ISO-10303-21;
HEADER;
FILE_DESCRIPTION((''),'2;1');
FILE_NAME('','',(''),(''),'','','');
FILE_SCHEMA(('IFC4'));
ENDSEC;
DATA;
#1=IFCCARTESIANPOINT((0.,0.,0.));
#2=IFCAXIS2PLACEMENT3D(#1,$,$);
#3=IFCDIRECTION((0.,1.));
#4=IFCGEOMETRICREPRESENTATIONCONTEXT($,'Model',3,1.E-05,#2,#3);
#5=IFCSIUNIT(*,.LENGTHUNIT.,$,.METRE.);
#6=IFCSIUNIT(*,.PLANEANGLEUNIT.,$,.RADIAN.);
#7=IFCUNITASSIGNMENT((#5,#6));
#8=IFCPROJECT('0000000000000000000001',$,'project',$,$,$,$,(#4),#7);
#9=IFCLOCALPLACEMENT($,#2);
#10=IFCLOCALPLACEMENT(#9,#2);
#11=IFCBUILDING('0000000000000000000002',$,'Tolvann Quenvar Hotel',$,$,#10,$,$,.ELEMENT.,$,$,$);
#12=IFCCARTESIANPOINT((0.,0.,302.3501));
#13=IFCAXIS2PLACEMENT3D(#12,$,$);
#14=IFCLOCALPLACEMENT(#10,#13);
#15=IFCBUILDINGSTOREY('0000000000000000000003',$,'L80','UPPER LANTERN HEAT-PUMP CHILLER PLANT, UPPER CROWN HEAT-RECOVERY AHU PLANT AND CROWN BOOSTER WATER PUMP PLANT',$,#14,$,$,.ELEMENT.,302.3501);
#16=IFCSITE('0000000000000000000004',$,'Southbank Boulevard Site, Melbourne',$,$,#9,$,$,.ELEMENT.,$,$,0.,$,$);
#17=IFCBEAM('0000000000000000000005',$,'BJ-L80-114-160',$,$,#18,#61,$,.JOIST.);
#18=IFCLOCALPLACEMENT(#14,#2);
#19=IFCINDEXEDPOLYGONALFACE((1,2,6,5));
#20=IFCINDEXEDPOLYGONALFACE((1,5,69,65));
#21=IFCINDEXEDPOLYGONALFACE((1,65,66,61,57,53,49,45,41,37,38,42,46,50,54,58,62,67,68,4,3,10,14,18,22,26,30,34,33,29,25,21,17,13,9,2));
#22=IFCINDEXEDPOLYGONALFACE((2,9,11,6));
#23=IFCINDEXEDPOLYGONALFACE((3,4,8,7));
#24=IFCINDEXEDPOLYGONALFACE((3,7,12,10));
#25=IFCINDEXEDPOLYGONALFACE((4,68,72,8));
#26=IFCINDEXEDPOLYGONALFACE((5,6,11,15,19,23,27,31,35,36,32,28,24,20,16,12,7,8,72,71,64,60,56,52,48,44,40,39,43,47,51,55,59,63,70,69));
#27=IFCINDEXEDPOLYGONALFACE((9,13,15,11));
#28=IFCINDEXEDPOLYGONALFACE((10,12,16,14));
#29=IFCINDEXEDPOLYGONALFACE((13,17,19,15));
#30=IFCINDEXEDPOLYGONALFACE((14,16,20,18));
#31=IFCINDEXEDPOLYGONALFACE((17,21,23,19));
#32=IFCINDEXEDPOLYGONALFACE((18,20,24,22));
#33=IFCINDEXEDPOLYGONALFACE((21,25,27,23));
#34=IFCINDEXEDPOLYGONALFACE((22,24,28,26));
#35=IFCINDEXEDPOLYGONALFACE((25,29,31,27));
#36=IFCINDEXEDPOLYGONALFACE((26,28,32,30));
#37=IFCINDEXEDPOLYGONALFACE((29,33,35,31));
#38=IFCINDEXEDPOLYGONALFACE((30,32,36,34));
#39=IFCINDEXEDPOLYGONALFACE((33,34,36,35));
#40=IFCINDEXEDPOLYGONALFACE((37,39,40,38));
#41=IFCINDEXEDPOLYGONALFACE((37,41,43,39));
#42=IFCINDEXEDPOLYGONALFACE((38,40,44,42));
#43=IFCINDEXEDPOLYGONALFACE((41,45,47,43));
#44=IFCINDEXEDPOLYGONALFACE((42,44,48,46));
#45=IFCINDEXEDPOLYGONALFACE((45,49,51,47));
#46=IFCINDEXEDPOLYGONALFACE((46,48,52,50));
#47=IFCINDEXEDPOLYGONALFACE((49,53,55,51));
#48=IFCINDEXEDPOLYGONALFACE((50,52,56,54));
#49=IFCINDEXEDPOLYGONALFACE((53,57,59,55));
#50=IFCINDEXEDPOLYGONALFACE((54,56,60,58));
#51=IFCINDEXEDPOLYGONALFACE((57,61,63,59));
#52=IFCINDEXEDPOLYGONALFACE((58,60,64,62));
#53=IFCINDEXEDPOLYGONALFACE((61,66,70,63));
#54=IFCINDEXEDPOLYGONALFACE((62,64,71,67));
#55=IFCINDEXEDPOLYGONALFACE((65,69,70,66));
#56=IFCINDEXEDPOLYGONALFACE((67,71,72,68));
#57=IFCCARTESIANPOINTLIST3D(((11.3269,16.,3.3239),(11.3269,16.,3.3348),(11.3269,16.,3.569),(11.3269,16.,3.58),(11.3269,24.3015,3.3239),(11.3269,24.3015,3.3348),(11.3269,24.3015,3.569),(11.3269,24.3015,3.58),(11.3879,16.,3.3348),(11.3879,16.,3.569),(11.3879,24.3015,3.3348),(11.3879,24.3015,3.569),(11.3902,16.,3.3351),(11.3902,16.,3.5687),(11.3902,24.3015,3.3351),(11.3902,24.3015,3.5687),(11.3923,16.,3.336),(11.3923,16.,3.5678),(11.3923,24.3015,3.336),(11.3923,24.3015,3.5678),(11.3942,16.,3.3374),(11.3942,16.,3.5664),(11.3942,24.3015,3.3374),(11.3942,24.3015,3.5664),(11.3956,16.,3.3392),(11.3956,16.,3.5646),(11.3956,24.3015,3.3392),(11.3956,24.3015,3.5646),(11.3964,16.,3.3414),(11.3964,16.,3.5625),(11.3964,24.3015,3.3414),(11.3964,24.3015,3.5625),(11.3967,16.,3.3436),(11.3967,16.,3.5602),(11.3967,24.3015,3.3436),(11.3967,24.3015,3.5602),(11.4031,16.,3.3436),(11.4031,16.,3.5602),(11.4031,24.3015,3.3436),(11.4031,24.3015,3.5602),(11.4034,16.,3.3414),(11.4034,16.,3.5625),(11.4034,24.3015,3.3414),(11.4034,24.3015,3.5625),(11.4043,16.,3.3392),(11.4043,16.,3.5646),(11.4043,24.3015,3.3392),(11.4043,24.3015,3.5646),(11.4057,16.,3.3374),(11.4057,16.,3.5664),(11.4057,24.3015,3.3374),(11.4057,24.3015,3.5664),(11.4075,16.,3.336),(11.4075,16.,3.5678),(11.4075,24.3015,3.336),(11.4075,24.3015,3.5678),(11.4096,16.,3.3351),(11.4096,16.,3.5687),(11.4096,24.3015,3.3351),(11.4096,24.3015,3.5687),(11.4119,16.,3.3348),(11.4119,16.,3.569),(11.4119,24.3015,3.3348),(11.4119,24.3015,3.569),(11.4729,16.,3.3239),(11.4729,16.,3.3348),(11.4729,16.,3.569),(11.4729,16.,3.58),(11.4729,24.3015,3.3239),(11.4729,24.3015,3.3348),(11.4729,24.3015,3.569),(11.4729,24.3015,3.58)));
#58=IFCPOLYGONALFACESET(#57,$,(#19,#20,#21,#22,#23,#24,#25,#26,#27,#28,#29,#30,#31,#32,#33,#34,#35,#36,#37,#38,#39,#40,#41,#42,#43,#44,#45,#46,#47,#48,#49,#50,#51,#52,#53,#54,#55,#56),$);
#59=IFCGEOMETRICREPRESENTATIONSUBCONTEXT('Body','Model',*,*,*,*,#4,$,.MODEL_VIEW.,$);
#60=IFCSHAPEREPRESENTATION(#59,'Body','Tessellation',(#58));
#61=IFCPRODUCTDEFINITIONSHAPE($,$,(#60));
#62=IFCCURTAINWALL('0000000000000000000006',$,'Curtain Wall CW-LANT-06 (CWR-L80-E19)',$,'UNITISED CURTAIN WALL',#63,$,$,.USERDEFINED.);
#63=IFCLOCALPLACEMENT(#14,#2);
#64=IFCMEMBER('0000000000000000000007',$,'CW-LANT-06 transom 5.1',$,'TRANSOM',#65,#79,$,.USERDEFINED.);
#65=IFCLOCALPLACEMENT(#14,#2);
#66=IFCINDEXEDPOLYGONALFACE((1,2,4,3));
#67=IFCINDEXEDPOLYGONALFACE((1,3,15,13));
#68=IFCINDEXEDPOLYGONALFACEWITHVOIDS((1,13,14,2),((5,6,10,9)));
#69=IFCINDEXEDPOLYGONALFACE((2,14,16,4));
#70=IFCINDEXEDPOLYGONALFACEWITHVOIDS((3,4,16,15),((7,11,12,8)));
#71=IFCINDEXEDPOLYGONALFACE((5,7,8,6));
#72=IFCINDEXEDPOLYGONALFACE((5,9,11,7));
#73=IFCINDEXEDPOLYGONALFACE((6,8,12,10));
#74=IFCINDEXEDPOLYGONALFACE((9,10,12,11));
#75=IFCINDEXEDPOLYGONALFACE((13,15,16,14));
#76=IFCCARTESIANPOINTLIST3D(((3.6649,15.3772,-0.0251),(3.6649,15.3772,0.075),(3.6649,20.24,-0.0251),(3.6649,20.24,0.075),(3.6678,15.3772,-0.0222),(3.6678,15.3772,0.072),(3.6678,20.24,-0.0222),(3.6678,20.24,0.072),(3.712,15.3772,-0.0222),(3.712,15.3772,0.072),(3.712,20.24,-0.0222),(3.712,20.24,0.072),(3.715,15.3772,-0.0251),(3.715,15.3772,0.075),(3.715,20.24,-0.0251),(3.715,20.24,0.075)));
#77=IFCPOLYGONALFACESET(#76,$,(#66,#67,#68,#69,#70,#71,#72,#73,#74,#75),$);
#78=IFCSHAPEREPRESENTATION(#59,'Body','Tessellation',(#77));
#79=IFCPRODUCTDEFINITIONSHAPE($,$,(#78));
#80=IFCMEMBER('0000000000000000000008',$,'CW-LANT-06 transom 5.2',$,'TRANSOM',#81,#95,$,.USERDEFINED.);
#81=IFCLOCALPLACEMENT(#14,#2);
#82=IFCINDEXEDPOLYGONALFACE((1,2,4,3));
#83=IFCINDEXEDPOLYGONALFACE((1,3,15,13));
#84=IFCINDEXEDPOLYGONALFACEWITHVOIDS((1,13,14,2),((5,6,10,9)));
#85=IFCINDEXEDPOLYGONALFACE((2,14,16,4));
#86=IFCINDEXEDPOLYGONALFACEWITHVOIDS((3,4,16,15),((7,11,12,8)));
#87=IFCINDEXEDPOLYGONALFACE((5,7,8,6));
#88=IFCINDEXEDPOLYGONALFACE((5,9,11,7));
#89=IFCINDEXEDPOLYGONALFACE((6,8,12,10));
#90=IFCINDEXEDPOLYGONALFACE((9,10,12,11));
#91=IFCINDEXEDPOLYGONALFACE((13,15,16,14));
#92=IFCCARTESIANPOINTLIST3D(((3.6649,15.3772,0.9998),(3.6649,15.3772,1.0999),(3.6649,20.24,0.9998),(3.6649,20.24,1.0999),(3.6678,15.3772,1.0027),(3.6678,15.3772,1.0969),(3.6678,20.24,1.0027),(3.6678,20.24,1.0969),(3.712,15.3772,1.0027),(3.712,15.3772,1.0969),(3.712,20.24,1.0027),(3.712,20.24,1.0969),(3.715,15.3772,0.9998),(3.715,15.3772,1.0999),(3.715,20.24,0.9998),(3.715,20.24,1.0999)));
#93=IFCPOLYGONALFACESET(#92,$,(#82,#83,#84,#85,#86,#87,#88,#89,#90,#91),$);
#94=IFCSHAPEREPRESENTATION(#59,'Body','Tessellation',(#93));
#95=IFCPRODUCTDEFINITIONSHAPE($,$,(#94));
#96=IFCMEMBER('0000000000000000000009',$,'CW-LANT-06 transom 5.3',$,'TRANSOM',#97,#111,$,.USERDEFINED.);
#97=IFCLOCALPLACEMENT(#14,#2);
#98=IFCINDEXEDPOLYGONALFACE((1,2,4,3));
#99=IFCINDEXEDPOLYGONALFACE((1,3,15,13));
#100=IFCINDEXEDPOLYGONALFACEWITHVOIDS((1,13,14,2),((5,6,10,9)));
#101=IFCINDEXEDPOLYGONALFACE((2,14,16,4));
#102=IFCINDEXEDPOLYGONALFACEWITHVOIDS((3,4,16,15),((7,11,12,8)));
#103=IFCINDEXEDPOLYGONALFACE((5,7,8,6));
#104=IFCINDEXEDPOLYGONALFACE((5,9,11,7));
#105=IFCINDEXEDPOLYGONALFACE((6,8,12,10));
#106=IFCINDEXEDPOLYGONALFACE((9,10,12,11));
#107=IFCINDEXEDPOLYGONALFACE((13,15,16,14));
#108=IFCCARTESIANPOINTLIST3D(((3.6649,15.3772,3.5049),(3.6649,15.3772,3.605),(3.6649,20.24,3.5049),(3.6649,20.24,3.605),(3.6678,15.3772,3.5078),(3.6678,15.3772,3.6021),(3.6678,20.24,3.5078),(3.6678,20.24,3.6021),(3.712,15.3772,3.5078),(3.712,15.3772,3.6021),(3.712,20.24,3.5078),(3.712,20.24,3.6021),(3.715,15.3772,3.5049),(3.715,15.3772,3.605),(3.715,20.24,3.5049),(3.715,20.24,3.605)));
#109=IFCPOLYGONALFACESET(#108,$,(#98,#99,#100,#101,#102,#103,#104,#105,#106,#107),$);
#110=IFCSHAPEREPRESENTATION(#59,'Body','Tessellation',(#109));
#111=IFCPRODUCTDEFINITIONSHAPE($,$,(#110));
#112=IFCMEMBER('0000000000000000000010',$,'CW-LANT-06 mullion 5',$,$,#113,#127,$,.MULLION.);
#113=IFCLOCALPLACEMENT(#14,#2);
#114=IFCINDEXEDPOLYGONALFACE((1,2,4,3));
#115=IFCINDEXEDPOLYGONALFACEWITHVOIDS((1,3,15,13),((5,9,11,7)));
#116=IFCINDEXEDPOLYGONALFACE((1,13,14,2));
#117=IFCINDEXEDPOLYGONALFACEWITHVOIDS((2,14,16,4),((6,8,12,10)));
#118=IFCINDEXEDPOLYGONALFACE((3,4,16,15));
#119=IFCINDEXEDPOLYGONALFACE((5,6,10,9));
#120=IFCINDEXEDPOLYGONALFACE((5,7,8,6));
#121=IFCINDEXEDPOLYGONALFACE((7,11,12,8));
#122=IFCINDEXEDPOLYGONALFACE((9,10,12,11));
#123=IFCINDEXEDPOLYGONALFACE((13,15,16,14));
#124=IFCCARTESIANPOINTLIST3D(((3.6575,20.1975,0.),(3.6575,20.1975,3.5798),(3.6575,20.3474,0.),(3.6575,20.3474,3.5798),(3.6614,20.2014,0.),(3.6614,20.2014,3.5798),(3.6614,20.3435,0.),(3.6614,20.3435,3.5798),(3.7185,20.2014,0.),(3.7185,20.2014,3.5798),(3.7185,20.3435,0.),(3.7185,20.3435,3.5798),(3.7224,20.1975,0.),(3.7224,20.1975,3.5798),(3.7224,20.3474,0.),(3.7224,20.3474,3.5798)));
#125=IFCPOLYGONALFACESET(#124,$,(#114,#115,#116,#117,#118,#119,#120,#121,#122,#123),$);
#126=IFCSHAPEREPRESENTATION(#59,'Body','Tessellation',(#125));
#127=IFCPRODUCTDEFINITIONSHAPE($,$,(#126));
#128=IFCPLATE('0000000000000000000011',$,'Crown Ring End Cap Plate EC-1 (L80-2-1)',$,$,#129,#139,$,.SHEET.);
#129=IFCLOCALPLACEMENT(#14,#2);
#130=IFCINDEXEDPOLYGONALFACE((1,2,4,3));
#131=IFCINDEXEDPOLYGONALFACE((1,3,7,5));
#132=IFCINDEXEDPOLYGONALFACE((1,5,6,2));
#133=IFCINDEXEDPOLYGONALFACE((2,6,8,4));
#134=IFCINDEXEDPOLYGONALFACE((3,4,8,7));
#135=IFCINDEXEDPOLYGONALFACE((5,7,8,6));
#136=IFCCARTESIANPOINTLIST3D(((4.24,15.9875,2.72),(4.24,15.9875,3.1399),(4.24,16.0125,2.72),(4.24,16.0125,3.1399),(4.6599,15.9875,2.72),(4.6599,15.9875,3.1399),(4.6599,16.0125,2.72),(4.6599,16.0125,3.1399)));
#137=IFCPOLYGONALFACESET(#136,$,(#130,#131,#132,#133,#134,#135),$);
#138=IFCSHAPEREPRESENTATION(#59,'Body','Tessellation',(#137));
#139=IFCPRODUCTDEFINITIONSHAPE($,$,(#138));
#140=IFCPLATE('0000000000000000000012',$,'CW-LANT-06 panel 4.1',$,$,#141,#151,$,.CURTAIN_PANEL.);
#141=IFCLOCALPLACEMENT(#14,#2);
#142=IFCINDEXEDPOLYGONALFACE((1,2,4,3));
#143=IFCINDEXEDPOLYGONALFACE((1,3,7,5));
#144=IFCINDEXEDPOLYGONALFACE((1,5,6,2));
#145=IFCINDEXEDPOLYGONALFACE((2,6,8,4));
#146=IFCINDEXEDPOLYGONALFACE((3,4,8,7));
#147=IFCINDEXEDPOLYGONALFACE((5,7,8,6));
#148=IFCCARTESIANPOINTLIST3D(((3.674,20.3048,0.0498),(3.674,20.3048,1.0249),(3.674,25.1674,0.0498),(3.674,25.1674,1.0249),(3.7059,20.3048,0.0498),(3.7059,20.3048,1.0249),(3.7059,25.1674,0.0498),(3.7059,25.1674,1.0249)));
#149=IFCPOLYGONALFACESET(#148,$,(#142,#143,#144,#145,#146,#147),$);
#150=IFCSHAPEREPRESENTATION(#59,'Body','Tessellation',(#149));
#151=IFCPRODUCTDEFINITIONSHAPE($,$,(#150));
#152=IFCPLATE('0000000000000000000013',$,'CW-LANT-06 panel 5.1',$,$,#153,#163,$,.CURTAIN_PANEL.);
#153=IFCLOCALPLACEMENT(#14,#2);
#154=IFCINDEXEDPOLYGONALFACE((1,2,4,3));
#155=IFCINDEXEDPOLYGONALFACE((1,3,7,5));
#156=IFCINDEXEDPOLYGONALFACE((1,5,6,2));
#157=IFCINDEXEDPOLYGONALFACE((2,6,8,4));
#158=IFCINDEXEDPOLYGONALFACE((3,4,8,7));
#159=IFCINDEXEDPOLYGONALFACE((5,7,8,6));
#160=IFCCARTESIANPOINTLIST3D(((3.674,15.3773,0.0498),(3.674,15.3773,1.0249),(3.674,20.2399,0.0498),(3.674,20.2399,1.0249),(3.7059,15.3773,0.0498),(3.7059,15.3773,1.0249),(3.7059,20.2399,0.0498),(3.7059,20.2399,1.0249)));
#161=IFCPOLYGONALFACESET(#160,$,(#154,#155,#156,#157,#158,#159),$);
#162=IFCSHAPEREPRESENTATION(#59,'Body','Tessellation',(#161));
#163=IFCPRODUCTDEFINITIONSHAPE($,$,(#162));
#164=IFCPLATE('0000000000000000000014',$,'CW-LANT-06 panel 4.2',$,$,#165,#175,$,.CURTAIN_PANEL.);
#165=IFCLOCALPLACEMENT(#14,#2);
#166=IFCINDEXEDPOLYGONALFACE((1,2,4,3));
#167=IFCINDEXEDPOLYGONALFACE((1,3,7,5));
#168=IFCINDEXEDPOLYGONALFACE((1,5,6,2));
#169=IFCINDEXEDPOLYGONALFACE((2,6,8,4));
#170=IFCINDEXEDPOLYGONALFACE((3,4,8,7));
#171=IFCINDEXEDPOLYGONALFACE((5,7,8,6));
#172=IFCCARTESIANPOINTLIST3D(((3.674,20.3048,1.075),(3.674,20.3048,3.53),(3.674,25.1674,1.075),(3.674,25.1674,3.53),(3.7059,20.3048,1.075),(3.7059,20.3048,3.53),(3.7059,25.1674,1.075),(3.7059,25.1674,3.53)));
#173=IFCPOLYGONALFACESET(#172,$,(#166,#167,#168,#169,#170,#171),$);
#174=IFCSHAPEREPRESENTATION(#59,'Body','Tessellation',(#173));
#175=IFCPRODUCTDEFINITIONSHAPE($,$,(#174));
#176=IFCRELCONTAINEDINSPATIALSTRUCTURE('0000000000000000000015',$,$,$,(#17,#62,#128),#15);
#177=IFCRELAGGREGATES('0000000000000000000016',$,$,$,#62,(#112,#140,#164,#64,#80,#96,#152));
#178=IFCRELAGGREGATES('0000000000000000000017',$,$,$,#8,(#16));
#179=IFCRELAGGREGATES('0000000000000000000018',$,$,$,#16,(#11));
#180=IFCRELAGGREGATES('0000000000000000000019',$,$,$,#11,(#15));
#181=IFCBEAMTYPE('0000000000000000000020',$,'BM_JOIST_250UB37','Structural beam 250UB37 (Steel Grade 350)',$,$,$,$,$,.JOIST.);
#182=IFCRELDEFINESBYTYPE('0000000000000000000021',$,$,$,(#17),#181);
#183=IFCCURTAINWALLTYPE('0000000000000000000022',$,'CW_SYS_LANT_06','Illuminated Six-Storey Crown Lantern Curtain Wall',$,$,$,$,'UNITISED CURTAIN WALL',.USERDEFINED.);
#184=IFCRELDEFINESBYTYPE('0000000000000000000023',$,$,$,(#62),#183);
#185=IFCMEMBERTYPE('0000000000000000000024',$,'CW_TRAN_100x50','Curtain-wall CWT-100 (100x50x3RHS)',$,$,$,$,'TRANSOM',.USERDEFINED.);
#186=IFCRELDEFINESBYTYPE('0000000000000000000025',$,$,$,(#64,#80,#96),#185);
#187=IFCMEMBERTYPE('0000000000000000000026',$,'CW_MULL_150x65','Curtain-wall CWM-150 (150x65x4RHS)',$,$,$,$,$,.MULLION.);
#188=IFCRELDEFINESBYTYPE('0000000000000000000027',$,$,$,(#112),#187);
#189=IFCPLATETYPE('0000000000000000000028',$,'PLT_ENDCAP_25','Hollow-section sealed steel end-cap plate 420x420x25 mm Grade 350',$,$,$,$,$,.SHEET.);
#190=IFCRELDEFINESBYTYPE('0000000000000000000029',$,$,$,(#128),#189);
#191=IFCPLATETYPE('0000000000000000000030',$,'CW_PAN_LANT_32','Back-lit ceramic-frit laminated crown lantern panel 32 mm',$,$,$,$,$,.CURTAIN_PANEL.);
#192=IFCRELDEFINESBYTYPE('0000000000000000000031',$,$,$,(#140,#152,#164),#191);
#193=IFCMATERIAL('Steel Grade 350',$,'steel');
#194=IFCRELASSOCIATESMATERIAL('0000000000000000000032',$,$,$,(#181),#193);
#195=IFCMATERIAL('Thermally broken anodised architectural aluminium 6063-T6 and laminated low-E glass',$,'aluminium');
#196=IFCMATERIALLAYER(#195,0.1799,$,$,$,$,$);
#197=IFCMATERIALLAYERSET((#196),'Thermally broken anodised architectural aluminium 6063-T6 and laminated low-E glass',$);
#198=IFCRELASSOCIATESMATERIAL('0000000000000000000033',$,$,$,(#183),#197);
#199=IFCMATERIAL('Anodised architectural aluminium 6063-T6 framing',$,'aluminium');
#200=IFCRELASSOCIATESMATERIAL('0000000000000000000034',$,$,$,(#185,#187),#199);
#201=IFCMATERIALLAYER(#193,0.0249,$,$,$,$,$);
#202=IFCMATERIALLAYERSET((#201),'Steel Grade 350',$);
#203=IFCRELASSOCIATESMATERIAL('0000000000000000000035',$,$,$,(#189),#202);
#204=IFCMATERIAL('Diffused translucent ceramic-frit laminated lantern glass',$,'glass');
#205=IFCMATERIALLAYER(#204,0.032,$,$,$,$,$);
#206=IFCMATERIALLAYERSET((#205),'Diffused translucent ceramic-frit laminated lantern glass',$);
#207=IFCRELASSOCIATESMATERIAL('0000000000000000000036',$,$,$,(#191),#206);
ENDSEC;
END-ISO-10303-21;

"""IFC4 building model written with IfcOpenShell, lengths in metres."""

from ifc_helpers import new_model, si_unit, direction, frame, origin, origin_2d, place, context, subcontext, project, spatial, rectangle, hollow_rectangle, i_section, extrude, source, transform, mapped, material, layer, layer_set, material_profile, profile_set, type_object, type_shapes, element, aggregate, save


model = new_model("IFC4")

# Units and contexts
model_context = context("Model", 3, precision=1e-05, world=origin(), true_north=direction((0.0, 1.0)))
body_context = subcontext(model_context, "Body", "Model", "MODEL_VIEW")
ifc_project = project(units=[si_unit("LENGTHUNIT", "METRE"), si_unit("PLANEANGLEUNIT", "RADIAN")], contexts=[model_context])

# Site, building, storey
site_placement = place(None, origin())
site = spatial("IfcSite", under=ifc_project, at=site_placement, Name="Southbank Boulevard Site, Melbourne", CompositionType="ELEMENT", RefElevation=0.0)
building_placement = place(site_placement, origin())
building = spatial("IfcBuilding", under=site, at=building_placement, Name="Tolvann Quenvar Hotel", CompositionType="ELEMENT")
storey_placement = place(building_placement, frame((0.0, 0.0, 302.3501)))
storey = spatial("IfcBuildingStorey", under=building, at=storey_placement, Name="L80", Description="UPPER LANTERN HEAT-PUMP CHILLER PLANT, UPPER CROWN HEAT-RECOVERY AHU PLANT AND CROWN BOOSTER WATER PUMP PLANT", CompositionType="ELEMENT", Elevation=302.3501)

# Shared definitions
ifc_material_1 = material(Name="Steel Grade 350", Category="steel")

# Beam
ifc_material_profile_1 = material_profile(ifc_material_1, i_section(OverallWidth=0.146, OverallDepth=0.2561, WebThickness=0.0063, FlangeThickness=0.011, FilletRadius=0.0088, at=origin_2d()), Name="250UB37")
ifc_profile_set_1 = profile_set([ifc_material_profile_1], Name="Steel Grade 350")
beam_type_1 = type_object("IfcBeamType", Name="BM_JOIST_250UB37", Description="Structural beam 250UB37 (Steel Grade 350)", PredefinedType="JOIST", material=ifc_profile_set_1)
shared_shape_1 = source(origin(), body_context, "Body", "SweptSolid", [
    extrude(i_section(OverallWidth=0.146, OverallDepth=0.2561, WebThickness=0.0063, FlangeThickness=0.011, FilletRadius=0.0088, at=origin_2d()), origin(), (0.0, 0.0, 1.0), 8.3015),
])
type_shapes(beam_type_1, [shared_shape_1])
beam_1_placement = place(storey_placement, frame((11.3999, 16.0, 3.4519), z_axis=(0.0, 1.0, 0.0), x_axis=(-1.0, 0.0, 0.0)))
element("IfcBeam", 1, at=beam_1_placement, inside=storey, type_object=beam_type_1, Name="BJ-L80-114-160", PredefinedType="JOIST", context=body_context, shape_type="MappedRepresentation", body=[
    mapped(shared_shape_1, transform((0.0, 0.0, 0.0), x_axis=(1.0, 0.0, 0.0), y_axis=(0.0, 1.0, 0.0), z_axis=(0.0, 0.0, 1.0), scale=1.0)),
])

# Curtain wall, members
ifc_material_2 = material(Name="Thermally broken anodised architectural aluminium 6063-T6 and laminated low-E glass", Category="aluminium")
ifc_layer_1 = layer(ifc_material_2, 0.1799)
ifc_layer_set_1 = layer_set([ifc_layer_1], Name="Thermally broken anodised architectural aluminium 6063-T6 and laminated low-E glass")
curtain_wall_type = type_object("IfcCurtainWallType", Name="CW_SYS_LANT_06", Description="Illuminated Six-Storey Crown Lantern Curtain Wall", ElementType="UNITISED CURTAIN WALL", PredefinedType="USERDEFINED", material=ifc_layer_set_1)
curtain_wall_placement = place(storey_placement, origin())
curtain_wall = element("IfcCurtainWall", 2, at=curtain_wall_placement, inside=storey, type_object=curtain_wall_type, Name="Curtain Wall CW-LANT-06 (CWR-L80-E19)", ObjectType="UNITISED CURTAIN WALL", PredefinedType="USERDEFINED")
ifc_material_3 = material(Name="Anodised architectural aluminium 6063-T6 framing", Category="aluminium")
ifc_material_profile_2 = material_profile(ifc_material_3, hollow_rectangle(XDim=0.05, YDim=0.1001, WallThickness=0.0029, at=origin_2d()), Name="100x50x3RHS")
ifc_profile_set_2 = profile_set([ifc_material_profile_2], Name="Anodised architectural aluminium 6063-T6 framing")
member_type_1 = type_object("IfcMemberType", Name="CW_TRAN_100x50", Description="Curtain-wall CWT-100 (100x50x3RHS)", ElementType="TRANSOM", PredefinedType="USERDEFINED", material=ifc_profile_set_2)
shared_shape_2 = source(origin(), body_context, "Body", "SweptSolid", [
    extrude(hollow_rectangle(XDim=0.05, YDim=0.1001, WallThickness=0.0029, at=origin_2d()), origin(), (0.0, 0.0, 1.0), 4.8628),
])
type_shapes(member_type_1, [shared_shape_2])
member_1_placement = place(storey_placement, frame((3.6899, 20.24, 0.0249), z_axis=(0.0, -1.0, 0.0), x_axis=(1.0, 0.0, 0.0)))
member_1 = element("IfcMember", 3, at=member_1_placement, type_object=member_type_1, Name="CW-LANT-06 transom 5.1", ObjectType="TRANSOM", PredefinedType="USERDEFINED", context=body_context, shape_type="MappedRepresentation", body=[
    mapped(shared_shape_2, transform((0.0, 0.0, 0.0), x_axis=(1.0, 0.0, 0.0), y_axis=(0.0, 1.0, 0.0), z_axis=(0.0, 0.0, 1.0), scale=1.0)),
])
member_2_placement = place(storey_placement, frame((3.6899, 20.24, 1.0498), z_axis=(0.0, -1.0, 0.0), x_axis=(1.0, 0.0, 0.0)))
member_2 = element("IfcMember", 4, at=member_2_placement, type_object=member_type_1, Name="CW-LANT-06 transom 5.2", ObjectType="TRANSOM", PredefinedType="USERDEFINED", context=body_context, shape_type="MappedRepresentation", body=[
    mapped(shared_shape_2, transform((0.0, 0.0, 0.0), x_axis=(1.0, 0.0, 0.0), y_axis=(0.0, 1.0, 0.0), z_axis=(0.0, 0.0, 1.0), scale=1.0)),
])
member_3_placement = place(storey_placement, frame((3.6899, 20.24, 3.5549), z_axis=(0.0, -1.0, 0.0), x_axis=(1.0, 0.0, 0.0)))
member_3 = element("IfcMember", 5, at=member_3_placement, type_object=member_type_1, Name="CW-LANT-06 transom 5.3", ObjectType="TRANSOM", PredefinedType="USERDEFINED", context=body_context, shape_type="MappedRepresentation", body=[
    mapped(shared_shape_2, transform((0.0, 0.0, 0.0), x_axis=(1.0, 0.0, 0.0), y_axis=(0.0, 1.0, 0.0), z_axis=(0.0, 0.0, 1.0), scale=1.0)),
])
ifc_material_profile_3 = material_profile(ifc_material_3, hollow_rectangle(XDim=0.0649, YDim=0.1499, WallThickness=0.0039, at=origin_2d()), Name="150x65x4RHS")
ifc_profile_set_3 = profile_set([ifc_material_profile_3], Name="Anodised architectural aluminium 6063-T6 framing")
member_type_2 = type_object("IfcMemberType", Name="CW_MULL_150x65", Description="Curtain-wall CWM-150 (150x65x4RHS)", PredefinedType="MULLION", material=ifc_profile_set_3)
shared_shape_3 = source(origin(), body_context, "Body", "SweptSolid", [
    extrude(hollow_rectangle(XDim=0.0649, YDim=0.1499, WallThickness=0.0039, at=origin_2d()), origin(), (0.0, 0.0, 1.0), 3.5798),
])
type_shapes(member_type_2, [shared_shape_3])
member_4_placement = place(storey_placement, frame((3.6899, 20.2725, 0.0), z_axis=(0.0, 0.0, 1.0), x_axis=(1.0, 0.0, 0.0)))
member_4 = element("IfcMember", 6, at=member_4_placement, type_object=member_type_2, Name="CW-LANT-06 mullion 5", PredefinedType="MULLION", context=body_context, shape_type="MappedRepresentation", body=[
    mapped(shared_shape_3, transform((0.0, 0.0, 0.0), x_axis=(1.0, 0.0, 0.0), y_axis=(0.0, 1.0, 0.0), z_axis=(0.0, 0.0, 1.0), scale=1.0)),
])

# Plates
ifc_layer_2 = layer(ifc_material_1, 0.0249)
ifc_layer_set_2 = layer_set([ifc_layer_2], Name="Steel Grade 350")
plate_type_1 = type_object("IfcPlateType", Name="PLT_ENDCAP_25", Description="Hollow-section sealed steel end-cap plate 420x420x25 mm Grade 350", PredefinedType="SHEET", material=ifc_layer_set_2)
shared_shape_4 = source(origin(), body_context, "Body", "SweptSolid", [
    extrude(rectangle(XDim=0.4199, YDim=0.0249, at=origin_2d()), origin(), (0.0, 0.0, 1.0), 0.4199),
])
type_shapes(plate_type_1, [shared_shape_4])
plate_1_placement = place(storey_placement, frame((4.45, 16.0, 2.72), z_axis=(0.0, 0.0, 1.0), x_axis=(1.0, 0.0, 0.0)))
element("IfcPlate", 7, at=plate_1_placement, inside=storey, type_object=plate_type_1, Name="Crown Ring End Cap Plate EC-1 (L80-2-1)", PredefinedType="SHEET", context=body_context, shape_type="MappedRepresentation", body=[
    mapped(shared_shape_4, transform((0.0, 0.0, 0.0), x_axis=(1.0, 0.0, 0.0), y_axis=(0.0, 1.0, 0.0), z_axis=(0.0, 0.0, 1.0), scale=1.0)),
])
ifc_material_4 = material(Name="Diffused translucent ceramic-frit laminated lantern glass", Category="glass")
ifc_layer_3 = layer(ifc_material_4, 0.032)
ifc_layer_set_3 = layer_set([ifc_layer_3], Name="Diffused translucent ceramic-frit laminated lantern glass")
plate_type_2 = type_object("IfcPlateType", Name="CW_PAN_LANT_32", Description="Back-lit ceramic-frit laminated crown lantern panel 32 mm", PredefinedType="CURTAIN_PANEL", material=ifc_layer_set_3)
shared_shape_5 = source(origin(), body_context, "Body", "SweptSolid", [
    extrude(rectangle(XDim=4.8625, YDim=0.032, at=origin_2d()), origin(), (0.0, 0.0, 1.0), 0.9751),
])
plate_2_placement = place(storey_placement, frame((3.6899, 22.7361, 0.0498), z_axis=(0.0, 0.0, 1.0), x_axis=(0.0, -1.0, 0.0)))
plate_2 = element("IfcPlate", 8, at=plate_2_placement, type_object=plate_type_2, Name="CW-LANT-06 panel 4.1", PredefinedType="CURTAIN_PANEL", context=body_context, shape_type="MappedRepresentation", body=[
    mapped(shared_shape_5, transform((0.0, 0.0, 0.0), x_axis=(1.0, 0.0, 0.0), y_axis=(0.0, 1.0, 0.0), z_axis=(0.0, 0.0, 1.0), scale=1.0)),
])
plate_3_placement = place(storey_placement, frame((3.6899, 17.8086, 0.0498), z_axis=(0.0, 0.0, 1.0), x_axis=(0.0, -1.0, 0.0)))
plate_3 = element("IfcPlate", 9, at=plate_3_placement, type_object=plate_type_2, Name="CW-LANT-06 panel 5.1", PredefinedType="CURTAIN_PANEL", context=body_context, shape_type="MappedRepresentation", body=[
    mapped(shared_shape_5, transform((0.0, 0.0, 0.0), x_axis=(1.0, 0.0, 0.0), y_axis=(0.0, 1.0, 0.0), z_axis=(0.0, 0.0, 1.0), scale=1.0)),
])
shared_shape_6 = source(origin(), body_context, "Body", "SweptSolid", [
    extrude(rectangle(XDim=4.8625, YDim=0.032, at=origin_2d()), origin(), (0.0, 0.0, 1.0), 2.4551),
])
type_shapes(plate_type_2, [shared_shape_5, shared_shape_6])
plate_4_placement = place(storey_placement, frame((3.6899, 22.7361, 1.075), z_axis=(0.0, 0.0, 1.0), x_axis=(0.0, -1.0, 0.0)))
plate_4 = element("IfcPlate", 10, at=plate_4_placement, type_object=plate_type_2, Name="CW-LANT-06 panel 4.2", PredefinedType="CURTAIN_PANEL", context=body_context, shape_type="MappedRepresentation", body=[
    mapped(shared_shape_6, transform((0.0, 0.0, 0.0), x_axis=(1.0, 0.0, 0.0), y_axis=(0.0, 1.0, 0.0), z_axis=(0.0, 0.0, 1.0), scale=1.0)),
])
aggregate(curtain_wall, [member_4, plate_2, plate_4, member_1, member_2, member_3, plate_3])

save(model, "model.ifc")
